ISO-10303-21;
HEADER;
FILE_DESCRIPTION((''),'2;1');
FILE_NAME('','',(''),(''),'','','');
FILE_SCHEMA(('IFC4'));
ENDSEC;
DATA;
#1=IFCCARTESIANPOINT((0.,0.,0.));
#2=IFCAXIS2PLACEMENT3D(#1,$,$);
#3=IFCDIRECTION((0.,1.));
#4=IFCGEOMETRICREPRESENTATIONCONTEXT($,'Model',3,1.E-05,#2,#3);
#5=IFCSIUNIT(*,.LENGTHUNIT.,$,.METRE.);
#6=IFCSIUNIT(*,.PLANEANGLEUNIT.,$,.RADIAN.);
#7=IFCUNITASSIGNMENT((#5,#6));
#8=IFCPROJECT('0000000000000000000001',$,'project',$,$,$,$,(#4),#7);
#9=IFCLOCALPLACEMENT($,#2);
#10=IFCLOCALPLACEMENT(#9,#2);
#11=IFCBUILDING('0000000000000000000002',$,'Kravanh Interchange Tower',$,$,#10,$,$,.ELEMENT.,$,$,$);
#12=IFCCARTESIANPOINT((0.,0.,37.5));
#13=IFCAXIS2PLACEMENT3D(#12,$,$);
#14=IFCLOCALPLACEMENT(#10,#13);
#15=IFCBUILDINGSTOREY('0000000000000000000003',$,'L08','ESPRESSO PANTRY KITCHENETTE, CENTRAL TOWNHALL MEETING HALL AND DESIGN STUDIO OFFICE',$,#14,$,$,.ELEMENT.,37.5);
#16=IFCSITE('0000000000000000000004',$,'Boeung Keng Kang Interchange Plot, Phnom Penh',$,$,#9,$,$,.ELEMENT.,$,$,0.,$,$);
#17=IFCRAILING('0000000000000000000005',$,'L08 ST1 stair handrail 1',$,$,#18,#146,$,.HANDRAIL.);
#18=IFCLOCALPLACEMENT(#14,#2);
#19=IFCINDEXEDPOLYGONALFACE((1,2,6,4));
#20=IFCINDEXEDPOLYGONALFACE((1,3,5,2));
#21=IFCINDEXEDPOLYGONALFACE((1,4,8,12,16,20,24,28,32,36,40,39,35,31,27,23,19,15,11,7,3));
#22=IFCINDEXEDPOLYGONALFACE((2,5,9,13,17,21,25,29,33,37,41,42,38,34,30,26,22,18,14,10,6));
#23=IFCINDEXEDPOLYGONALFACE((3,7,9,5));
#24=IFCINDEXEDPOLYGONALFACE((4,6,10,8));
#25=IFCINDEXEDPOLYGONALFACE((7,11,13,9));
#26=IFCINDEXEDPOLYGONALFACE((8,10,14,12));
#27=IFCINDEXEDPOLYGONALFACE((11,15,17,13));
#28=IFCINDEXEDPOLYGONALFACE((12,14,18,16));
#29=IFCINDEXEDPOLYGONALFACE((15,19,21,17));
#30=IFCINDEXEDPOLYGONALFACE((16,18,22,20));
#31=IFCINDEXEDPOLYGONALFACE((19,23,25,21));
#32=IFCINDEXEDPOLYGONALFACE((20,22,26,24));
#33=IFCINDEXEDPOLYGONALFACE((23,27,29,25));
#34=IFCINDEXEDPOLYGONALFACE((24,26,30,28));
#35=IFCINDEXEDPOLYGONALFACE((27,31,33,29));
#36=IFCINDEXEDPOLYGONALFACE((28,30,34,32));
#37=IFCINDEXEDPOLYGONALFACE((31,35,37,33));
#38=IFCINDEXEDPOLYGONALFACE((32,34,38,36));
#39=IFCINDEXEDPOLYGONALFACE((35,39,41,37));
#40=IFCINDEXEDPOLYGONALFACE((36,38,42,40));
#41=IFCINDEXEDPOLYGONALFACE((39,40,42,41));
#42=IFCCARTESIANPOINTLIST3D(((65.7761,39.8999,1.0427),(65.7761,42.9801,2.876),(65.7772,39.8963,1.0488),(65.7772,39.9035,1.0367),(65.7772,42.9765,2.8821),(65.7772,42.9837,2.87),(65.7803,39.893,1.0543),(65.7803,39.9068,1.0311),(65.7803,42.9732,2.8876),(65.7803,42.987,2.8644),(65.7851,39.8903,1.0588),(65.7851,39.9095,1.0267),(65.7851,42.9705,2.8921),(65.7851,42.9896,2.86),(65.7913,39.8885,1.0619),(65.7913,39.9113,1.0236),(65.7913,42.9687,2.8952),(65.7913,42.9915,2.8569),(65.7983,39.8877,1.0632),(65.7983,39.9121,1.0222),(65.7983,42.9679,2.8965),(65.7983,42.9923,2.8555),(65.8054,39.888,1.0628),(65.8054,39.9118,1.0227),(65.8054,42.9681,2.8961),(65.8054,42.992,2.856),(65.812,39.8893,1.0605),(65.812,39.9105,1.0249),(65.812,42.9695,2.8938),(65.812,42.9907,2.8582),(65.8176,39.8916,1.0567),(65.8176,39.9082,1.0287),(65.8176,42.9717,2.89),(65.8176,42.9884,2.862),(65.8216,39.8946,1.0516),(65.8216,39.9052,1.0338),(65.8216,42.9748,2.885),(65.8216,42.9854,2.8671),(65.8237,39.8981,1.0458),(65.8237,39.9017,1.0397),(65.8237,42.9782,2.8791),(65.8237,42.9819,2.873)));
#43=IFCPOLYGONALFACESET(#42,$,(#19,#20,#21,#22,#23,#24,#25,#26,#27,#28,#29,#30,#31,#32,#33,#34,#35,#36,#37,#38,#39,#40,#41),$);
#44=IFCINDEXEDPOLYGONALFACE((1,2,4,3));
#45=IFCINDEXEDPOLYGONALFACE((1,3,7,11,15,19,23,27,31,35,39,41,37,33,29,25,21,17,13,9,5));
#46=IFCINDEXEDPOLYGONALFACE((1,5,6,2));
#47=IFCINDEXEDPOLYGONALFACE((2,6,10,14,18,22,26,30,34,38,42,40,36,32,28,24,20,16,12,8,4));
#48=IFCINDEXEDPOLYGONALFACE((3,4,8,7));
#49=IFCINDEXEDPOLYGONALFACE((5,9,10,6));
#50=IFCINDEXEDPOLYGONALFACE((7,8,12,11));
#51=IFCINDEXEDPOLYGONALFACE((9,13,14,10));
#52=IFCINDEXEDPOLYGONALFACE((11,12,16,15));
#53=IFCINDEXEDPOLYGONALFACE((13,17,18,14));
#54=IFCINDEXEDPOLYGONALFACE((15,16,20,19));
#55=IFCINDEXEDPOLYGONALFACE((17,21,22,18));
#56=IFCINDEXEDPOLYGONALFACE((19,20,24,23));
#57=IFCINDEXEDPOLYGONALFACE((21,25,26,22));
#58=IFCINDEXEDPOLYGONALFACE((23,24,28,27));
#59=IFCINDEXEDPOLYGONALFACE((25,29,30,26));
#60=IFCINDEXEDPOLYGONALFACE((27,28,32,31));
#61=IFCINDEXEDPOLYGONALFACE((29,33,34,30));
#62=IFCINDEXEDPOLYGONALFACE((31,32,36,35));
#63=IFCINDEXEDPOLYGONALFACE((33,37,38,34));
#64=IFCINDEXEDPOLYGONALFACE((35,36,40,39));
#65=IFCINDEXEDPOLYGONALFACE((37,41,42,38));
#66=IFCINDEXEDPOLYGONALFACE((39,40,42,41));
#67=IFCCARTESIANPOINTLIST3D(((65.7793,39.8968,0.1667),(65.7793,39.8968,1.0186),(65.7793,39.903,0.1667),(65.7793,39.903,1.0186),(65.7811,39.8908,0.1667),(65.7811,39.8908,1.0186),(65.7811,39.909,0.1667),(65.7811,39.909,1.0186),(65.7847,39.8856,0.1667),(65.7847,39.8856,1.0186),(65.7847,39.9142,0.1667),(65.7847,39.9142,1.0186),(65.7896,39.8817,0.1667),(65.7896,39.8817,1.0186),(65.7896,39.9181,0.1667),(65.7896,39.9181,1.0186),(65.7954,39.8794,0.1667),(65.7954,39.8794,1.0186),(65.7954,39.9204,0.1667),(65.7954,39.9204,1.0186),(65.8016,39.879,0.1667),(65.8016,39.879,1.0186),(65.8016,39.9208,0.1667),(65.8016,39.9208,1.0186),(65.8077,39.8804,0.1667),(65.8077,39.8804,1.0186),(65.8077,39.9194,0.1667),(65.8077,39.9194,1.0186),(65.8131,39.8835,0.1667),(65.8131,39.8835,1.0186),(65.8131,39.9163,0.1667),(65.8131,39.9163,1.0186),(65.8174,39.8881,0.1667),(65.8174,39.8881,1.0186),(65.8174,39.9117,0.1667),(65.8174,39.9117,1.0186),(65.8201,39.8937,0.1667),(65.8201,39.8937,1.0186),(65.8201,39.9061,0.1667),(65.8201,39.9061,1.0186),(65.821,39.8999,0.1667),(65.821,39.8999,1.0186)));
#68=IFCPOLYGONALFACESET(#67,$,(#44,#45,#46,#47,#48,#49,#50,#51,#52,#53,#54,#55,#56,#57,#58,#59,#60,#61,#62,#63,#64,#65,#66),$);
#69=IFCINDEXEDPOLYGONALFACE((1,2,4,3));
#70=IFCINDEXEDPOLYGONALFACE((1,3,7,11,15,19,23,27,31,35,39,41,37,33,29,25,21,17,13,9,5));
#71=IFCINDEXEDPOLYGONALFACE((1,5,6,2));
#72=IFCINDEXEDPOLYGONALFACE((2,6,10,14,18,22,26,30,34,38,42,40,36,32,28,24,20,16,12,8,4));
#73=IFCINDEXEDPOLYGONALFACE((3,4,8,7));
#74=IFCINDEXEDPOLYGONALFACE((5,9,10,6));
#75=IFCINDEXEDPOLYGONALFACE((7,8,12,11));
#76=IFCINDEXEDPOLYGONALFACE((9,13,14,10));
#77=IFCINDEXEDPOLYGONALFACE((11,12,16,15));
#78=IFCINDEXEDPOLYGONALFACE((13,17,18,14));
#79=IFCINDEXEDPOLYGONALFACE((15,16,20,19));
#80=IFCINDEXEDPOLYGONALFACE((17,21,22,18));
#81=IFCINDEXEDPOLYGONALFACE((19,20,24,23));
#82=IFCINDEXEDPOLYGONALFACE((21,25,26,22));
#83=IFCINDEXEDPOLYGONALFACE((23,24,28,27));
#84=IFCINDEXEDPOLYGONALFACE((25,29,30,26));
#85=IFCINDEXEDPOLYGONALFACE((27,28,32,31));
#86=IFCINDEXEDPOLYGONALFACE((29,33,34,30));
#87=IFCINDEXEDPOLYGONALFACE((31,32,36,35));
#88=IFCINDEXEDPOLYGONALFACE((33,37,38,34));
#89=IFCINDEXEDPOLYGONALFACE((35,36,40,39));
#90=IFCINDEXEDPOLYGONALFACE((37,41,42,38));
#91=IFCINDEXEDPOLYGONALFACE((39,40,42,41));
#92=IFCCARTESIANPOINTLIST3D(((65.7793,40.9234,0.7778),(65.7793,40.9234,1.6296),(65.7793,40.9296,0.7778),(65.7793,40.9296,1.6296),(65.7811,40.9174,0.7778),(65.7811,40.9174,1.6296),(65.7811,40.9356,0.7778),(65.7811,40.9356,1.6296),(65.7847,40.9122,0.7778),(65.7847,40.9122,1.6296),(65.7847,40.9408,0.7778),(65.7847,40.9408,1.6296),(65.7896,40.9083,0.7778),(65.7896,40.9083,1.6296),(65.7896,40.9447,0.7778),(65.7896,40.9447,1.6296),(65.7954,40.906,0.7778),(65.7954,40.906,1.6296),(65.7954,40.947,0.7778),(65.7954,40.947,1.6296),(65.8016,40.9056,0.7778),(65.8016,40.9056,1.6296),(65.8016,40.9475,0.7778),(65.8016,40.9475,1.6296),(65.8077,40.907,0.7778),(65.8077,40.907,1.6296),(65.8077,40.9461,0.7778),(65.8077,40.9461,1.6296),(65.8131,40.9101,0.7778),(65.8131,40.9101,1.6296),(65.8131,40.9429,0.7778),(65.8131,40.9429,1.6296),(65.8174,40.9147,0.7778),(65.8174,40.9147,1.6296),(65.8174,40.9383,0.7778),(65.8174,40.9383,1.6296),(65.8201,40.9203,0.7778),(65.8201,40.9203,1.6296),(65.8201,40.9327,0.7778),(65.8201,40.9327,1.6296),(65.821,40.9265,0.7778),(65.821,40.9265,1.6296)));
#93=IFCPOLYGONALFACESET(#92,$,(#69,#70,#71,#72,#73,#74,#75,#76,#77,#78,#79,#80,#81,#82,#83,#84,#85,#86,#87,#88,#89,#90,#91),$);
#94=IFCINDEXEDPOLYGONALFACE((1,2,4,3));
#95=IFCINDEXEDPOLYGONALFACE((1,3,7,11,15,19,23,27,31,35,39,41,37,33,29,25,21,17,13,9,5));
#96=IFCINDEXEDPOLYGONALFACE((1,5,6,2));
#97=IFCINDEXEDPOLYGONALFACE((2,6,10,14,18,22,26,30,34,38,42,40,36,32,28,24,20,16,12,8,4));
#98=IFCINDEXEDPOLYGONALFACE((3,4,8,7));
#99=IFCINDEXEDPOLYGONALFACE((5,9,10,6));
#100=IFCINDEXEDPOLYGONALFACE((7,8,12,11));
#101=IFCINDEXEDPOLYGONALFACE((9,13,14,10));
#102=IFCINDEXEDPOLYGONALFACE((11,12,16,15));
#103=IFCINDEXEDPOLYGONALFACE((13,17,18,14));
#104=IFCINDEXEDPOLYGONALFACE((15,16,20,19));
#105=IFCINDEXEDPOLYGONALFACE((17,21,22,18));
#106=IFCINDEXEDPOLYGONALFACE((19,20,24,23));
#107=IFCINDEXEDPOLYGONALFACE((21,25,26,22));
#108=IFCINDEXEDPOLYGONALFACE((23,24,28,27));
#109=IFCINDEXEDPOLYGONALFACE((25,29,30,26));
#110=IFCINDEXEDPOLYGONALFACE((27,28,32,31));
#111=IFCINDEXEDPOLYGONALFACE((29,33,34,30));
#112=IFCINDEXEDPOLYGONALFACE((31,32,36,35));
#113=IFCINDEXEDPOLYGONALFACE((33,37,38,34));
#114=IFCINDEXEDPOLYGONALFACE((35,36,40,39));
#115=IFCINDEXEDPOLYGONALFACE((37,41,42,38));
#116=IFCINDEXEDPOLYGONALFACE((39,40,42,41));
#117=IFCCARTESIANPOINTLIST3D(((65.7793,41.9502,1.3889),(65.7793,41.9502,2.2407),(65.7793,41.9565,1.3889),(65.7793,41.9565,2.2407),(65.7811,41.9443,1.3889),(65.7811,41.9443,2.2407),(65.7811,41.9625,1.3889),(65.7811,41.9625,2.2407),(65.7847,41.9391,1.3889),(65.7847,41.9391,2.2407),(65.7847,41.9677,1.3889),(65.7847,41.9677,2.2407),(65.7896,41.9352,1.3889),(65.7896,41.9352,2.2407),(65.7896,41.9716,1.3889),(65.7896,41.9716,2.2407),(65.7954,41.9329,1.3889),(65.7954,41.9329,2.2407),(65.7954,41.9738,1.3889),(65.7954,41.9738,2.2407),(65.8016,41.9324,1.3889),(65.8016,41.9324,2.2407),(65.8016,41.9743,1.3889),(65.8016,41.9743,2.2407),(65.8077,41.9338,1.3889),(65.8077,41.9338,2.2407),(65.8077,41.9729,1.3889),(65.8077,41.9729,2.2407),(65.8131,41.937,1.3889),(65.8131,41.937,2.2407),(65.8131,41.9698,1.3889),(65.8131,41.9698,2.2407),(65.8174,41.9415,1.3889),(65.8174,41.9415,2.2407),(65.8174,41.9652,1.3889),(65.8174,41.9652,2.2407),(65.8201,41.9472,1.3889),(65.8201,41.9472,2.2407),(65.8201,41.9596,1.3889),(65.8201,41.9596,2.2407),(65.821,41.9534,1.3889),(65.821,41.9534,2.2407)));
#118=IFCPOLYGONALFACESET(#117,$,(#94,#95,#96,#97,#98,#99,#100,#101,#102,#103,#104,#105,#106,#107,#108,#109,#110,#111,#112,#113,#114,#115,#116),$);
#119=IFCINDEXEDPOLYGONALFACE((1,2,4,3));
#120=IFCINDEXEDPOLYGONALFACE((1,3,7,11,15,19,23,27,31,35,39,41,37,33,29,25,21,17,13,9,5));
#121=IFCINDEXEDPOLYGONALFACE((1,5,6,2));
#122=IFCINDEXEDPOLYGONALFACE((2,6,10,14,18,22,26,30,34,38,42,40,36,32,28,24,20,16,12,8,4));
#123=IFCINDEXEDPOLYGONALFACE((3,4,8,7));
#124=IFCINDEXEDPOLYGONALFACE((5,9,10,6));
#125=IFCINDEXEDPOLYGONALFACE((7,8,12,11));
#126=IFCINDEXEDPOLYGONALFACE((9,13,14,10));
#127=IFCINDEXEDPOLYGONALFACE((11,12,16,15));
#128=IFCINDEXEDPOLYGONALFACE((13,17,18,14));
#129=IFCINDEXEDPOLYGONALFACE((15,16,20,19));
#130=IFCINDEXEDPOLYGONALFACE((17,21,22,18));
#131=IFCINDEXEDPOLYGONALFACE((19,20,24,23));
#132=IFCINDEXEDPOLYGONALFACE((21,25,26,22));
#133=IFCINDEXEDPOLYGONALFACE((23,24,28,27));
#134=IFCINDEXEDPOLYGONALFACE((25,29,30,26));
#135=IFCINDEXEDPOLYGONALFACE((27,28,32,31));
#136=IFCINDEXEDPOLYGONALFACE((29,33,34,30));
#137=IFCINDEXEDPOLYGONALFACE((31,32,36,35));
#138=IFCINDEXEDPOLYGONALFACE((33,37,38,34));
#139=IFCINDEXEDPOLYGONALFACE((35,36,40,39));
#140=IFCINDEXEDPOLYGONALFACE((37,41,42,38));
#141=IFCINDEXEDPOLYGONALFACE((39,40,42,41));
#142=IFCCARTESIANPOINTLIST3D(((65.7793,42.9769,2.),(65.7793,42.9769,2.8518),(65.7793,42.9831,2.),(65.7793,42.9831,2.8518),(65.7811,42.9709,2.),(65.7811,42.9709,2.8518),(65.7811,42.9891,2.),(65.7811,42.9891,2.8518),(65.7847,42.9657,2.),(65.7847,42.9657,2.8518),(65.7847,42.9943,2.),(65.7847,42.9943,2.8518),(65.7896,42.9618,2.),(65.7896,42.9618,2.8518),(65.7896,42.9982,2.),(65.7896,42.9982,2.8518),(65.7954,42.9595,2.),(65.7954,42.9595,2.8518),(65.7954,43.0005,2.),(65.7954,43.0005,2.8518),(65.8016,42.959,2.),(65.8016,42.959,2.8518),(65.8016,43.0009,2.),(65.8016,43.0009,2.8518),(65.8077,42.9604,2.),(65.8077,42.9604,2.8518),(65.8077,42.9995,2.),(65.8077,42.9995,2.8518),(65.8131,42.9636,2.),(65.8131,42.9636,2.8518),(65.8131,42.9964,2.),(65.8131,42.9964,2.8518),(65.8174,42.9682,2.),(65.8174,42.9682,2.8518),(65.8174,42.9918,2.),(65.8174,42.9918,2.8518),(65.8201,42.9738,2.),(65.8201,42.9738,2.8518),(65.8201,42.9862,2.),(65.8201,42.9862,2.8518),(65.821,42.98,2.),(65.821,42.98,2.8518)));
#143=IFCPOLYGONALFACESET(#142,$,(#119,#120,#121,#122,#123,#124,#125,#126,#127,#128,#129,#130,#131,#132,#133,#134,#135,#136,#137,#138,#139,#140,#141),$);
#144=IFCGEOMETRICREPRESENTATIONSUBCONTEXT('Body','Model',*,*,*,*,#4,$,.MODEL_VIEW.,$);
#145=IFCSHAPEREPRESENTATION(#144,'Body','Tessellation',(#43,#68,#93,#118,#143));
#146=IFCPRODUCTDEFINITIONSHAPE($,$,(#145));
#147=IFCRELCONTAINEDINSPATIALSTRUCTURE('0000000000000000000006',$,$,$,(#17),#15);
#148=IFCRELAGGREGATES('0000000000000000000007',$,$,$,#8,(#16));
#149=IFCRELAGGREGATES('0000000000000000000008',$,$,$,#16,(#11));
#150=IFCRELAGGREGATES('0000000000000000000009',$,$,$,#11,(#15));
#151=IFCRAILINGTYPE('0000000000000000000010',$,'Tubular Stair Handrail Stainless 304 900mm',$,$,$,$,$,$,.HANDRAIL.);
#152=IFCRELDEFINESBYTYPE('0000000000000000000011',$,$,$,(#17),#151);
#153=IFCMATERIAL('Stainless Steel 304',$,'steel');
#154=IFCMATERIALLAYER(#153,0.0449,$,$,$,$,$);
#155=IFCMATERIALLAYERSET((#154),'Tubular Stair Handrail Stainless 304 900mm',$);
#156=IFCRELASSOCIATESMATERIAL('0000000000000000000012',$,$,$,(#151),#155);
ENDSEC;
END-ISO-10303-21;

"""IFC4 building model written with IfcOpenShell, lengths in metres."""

from ifc_helpers import new_model, si_unit, direction, frame, origin, origin_2d, place, context, subcontext, project, spatial, circle, extrude, material, layer, layer_set, type_object, element, save


model = new_model("IFC4")

# Units and contexts
model_context = context("Model", 3, precision=1e-05, world=origin(), true_north=direction((0.0, 1.0)))
body_context = subcontext(model_context, "Body", "Model", "MODEL_VIEW")
ifc_project = project(units=[si_unit("LENGTHUNIT", "METRE"), si_unit("PLANEANGLEUNIT", "RADIAN")], contexts=[model_context])

# Site, building, storey
site_placement = place(None, origin())
site = spatial("IfcSite", under=ifc_project, at=site_placement, Name="Boeung Keng Kang Interchange Plot, Phnom Penh", CompositionType="ELEMENT", RefElevation=0.0)
building_placement = place(site_placement, origin())
building = spatial("IfcBuilding", under=site, at=building_placement, Name="Kravanh Interchange Tower", CompositionType="ELEMENT")
storey_placement = place(building_placement, frame((0.0, 0.0, 37.5)))
storey = spatial("IfcBuildingStorey", under=building, at=storey_placement, Name="L08", Description="ESPRESSO PANTRY KITCHENETTE, CENTRAL TOWNHALL MEETING HALL AND DESIGN STUDIO OFFICE", CompositionType="ELEMENT", Elevation=37.5)

# Railing
ifc_material_1 = material(Name="Stainless Steel 304", Category="steel")
ifc_layer_1 = layer(ifc_material_1, 0.0449)
ifc_layer_set_1 = layer_set([ifc_layer_1], Name="Tubular Stair Handrail Stainless 304 900mm")
railing_type_1 = type_object("IfcRailingType", Name="Tubular Stair Handrail Stainless 304 900mm", PredefinedType="HANDRAIL", material=ifc_layer_set_1)
railing_1_placement = place(storey_placement, frame((65.8, 39.8999, 0.1667)))
element("IfcRailing", 1, at=railing_1_placement, inside=storey, type_object=railing_type_1, Name="L08 ST1 stair handrail 1", PredefinedType="HANDRAIL", context=body_context, shape_type="SweptSolid", body=[
    extrude(circle(Radius=0.0239, at=origin_2d()), frame((0.0, 0.0, 0.876), z_axis=(0.0, 0.859309, 0.511458), x_axis=(-1.0, 0.0, 0.0)), (0.0, 0.0, 1.0), 3.5845),
    extrude(circle(Radius=0.021, at=origin_2d()), origin(), (0.0, 0.0, 1.0), 0.8518),
    extrude(circle(Radius=0.021, at=origin_2d()), frame((0.0, 1.0266, 0.6111)), (0.0, 0.0, 1.0), 0.8518),
    extrude(circle(Radius=0.021, at=origin_2d()), frame((0.0, 2.0535, 1.2222)), (0.0, 0.0, 1.0), 0.8518),
    extrude(circle(Radius=0.021, at=origin_2d()), frame((0.0, 3.0801, 1.8333)), (0.0, 0.0, 1.0), 0.8518),
])

save(model, "model.ifc")
